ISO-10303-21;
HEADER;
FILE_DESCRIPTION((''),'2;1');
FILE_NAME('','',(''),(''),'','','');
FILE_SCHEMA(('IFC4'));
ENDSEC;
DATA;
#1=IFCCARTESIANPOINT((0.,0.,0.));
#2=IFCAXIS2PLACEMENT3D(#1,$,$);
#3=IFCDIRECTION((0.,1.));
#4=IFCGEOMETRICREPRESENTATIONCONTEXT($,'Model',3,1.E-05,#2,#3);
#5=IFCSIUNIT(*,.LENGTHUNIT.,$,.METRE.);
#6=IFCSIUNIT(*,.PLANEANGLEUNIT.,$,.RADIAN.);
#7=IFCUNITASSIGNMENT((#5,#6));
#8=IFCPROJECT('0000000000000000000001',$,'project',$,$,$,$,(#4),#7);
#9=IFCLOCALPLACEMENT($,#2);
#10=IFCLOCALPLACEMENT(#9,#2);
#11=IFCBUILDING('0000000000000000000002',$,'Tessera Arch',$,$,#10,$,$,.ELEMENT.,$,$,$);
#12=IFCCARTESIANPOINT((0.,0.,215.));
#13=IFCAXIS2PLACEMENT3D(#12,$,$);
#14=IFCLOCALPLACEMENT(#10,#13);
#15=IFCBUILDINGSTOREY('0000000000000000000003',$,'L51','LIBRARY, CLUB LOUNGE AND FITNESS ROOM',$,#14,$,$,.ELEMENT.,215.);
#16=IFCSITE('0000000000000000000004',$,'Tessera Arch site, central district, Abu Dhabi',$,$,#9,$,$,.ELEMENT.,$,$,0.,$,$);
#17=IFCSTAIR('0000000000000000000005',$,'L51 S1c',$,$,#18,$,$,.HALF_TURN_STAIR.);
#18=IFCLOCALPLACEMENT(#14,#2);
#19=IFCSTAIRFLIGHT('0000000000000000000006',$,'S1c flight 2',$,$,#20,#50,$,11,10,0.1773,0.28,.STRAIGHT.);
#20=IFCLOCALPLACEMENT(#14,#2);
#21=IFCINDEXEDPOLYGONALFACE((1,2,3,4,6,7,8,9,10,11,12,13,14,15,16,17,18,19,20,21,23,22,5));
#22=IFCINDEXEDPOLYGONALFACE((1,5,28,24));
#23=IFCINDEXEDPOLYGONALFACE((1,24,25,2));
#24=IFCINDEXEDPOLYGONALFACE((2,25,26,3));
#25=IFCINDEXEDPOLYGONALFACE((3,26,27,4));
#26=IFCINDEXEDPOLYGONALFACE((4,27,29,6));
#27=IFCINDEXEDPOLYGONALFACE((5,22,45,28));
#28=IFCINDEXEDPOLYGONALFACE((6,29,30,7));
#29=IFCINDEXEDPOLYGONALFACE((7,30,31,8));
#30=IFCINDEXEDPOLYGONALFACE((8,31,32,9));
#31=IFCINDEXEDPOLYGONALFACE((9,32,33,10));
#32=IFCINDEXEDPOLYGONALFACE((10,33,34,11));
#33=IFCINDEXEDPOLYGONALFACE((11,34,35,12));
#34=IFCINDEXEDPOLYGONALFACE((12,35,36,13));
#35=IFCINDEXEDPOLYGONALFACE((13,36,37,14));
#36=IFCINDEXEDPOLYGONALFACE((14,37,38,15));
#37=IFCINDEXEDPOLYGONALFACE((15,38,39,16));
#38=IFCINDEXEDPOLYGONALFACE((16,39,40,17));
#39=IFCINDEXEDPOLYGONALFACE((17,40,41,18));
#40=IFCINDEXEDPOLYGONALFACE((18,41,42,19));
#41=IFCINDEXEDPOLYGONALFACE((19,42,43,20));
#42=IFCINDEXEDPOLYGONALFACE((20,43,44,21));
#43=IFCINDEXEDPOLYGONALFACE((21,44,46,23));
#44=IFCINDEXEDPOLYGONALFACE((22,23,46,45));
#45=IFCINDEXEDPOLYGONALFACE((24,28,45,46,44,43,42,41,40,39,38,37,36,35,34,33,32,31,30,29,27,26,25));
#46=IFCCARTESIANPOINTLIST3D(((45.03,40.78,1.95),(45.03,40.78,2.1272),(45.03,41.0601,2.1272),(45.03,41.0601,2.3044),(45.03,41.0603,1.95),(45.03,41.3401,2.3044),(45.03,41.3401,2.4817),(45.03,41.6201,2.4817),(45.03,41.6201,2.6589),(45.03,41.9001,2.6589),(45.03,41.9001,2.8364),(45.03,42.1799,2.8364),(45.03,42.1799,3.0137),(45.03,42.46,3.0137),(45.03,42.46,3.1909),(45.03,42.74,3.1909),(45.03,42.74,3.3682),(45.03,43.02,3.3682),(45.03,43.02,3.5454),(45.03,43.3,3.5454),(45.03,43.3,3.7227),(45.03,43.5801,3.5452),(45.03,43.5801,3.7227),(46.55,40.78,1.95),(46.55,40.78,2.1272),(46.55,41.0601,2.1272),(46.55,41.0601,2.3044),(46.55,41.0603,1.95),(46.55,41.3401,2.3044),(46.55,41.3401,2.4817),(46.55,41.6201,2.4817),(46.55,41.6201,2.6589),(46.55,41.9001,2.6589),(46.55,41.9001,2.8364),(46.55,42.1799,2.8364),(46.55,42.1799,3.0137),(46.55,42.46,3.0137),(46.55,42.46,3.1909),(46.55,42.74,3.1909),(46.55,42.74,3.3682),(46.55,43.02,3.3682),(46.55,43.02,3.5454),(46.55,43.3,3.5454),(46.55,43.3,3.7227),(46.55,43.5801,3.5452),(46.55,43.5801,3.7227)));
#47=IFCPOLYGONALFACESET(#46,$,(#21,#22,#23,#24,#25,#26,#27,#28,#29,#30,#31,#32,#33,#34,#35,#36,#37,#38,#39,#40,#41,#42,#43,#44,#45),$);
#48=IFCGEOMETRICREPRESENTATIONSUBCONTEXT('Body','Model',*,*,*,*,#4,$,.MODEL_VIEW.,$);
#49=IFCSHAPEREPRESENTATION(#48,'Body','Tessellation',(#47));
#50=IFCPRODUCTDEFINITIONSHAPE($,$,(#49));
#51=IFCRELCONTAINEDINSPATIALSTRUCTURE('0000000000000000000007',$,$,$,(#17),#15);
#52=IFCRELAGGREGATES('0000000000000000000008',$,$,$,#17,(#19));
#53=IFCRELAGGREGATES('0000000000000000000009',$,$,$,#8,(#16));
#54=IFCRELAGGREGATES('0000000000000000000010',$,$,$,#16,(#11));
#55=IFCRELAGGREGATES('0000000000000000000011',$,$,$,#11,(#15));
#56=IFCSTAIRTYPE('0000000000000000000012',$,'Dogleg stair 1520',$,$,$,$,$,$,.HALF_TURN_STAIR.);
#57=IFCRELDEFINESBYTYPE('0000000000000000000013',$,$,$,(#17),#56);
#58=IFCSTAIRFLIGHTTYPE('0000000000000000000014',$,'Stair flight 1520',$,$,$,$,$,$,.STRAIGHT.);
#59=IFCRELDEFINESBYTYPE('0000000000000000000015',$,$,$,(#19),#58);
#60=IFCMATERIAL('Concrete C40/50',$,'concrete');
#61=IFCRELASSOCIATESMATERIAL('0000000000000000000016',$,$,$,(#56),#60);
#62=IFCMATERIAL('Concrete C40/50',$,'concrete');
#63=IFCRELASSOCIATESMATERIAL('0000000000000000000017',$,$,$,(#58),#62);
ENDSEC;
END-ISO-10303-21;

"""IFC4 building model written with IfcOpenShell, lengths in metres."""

from ifc_helpers import new_model, si_unit, direction, frame, origin, place, context, subcontext, project, spatial, polyline, outline, extrude, material, type_object, element, aggregate, save


model = new_model("IFC4")

# Units and contexts
model_context = context("Model", 3, precision=1e-05, world=origin(), true_north=direction((0.0, 1.0)))
body_context = subcontext(model_context, "Body", "Model", "MODEL_VIEW")
ifc_project = project(units=[si_unit("LENGTHUNIT", "METRE"), si_unit("PLANEANGLEUNIT", "RADIAN")], contexts=[model_context])

# Site, building, storey
site_placement = place(None, origin())
site = spatial("IfcSite", under=ifc_project, at=site_placement, Name="Tessera Arch site, central district, Abu Dhabi", CompositionType="ELEMENT", RefElevation=0.0)
building_placement = place(site_placement, origin())
building = spatial("IfcBuilding", under=site, at=building_placement, Name="Tessera Arch", CompositionType="ELEMENT")
storey_placement = place(building_placement, frame((0.0, 0.0, 215.0)))
storey = spatial("IfcBuildingStorey", under=building, at=storey_placement, Name="L51", Description="LIBRARY, CLUB LOUNGE AND FITNESS ROOM", CompositionType="ELEMENT", Elevation=215.0)

# Shared definitions
ifc_material_1 = material(Name="Concrete C40/50", Category="concrete")
stair_type = type_object("IfcStairType", Name="Dogleg stair 1520", PredefinedType="HALF_TURN_STAIR", material=ifc_material_1)
ifc_material_2 = material(Name="Concrete C40/50", Category="concrete")
stair_flight_type = type_object("IfcStairFlightType", Name="Stair flight 1520", PredefinedType="STRAIGHT", material=ifc_material_2)

# Stair, stair flight
stair_1_placement = place(storey_placement, origin())
stair_1 = element("IfcStair", 1, at=stair_1_placement, inside=storey, type_object=stair_type, Name="L51 S1c", PredefinedType="HALF_TURN_STAIR")
stair_flight_1_placement = place(storey_placement, frame((45.79, 40.78, 1.95), z_axis=(0.0, 0.0, 1.0), x_axis=(0.0, 1.0, 0.0)))
stair_flight_1 = element("IfcStairFlight", 2, at=stair_flight_1_placement, type_object=stair_flight_type, Name="S1c flight 2", NumberOfRisers=11, NumberOfTreads=10, PredefinedType="STRAIGHT", RiserHeight=0.1773, TreadLength=0.28, context=body_context, shape_type="SweptSolid", body=[
    extrude(outline(polyline([(0.0, 0.0), (0.0, 0.1772), (0.28, 0.1772), (0.28, 0.3545), (0.5601, 0.3545), (0.5601, 0.5317), (0.8401, 0.5317), (0.8401, 0.709), (1.1201, 0.709), (1.1201, 0.8865), (1.3999, 0.8865), (1.3999, 1.0637), (1.6799, 1.0637), (1.6799, 1.241), (1.96, 1.241), (1.96, 1.4182), (2.24, 1.4182), (2.24, 1.5955), (2.52, 1.5955), (2.52, 1.7727), (2.8, 1.7727), (2.8, 1.95), (2.8, 1.5952), (0.2803, 0.0), (0.0, 0.0)])), frame((0.0, 0.76, 0.0), z_axis=(0.0, -1.0, 0.0), x_axis=(1.0, 0.0, 0.0)), (0.0, 0.0, 1.0), 1.52),
])
aggregate(stair_1, [stair_flight_1])

save(model, "model.ifc")
